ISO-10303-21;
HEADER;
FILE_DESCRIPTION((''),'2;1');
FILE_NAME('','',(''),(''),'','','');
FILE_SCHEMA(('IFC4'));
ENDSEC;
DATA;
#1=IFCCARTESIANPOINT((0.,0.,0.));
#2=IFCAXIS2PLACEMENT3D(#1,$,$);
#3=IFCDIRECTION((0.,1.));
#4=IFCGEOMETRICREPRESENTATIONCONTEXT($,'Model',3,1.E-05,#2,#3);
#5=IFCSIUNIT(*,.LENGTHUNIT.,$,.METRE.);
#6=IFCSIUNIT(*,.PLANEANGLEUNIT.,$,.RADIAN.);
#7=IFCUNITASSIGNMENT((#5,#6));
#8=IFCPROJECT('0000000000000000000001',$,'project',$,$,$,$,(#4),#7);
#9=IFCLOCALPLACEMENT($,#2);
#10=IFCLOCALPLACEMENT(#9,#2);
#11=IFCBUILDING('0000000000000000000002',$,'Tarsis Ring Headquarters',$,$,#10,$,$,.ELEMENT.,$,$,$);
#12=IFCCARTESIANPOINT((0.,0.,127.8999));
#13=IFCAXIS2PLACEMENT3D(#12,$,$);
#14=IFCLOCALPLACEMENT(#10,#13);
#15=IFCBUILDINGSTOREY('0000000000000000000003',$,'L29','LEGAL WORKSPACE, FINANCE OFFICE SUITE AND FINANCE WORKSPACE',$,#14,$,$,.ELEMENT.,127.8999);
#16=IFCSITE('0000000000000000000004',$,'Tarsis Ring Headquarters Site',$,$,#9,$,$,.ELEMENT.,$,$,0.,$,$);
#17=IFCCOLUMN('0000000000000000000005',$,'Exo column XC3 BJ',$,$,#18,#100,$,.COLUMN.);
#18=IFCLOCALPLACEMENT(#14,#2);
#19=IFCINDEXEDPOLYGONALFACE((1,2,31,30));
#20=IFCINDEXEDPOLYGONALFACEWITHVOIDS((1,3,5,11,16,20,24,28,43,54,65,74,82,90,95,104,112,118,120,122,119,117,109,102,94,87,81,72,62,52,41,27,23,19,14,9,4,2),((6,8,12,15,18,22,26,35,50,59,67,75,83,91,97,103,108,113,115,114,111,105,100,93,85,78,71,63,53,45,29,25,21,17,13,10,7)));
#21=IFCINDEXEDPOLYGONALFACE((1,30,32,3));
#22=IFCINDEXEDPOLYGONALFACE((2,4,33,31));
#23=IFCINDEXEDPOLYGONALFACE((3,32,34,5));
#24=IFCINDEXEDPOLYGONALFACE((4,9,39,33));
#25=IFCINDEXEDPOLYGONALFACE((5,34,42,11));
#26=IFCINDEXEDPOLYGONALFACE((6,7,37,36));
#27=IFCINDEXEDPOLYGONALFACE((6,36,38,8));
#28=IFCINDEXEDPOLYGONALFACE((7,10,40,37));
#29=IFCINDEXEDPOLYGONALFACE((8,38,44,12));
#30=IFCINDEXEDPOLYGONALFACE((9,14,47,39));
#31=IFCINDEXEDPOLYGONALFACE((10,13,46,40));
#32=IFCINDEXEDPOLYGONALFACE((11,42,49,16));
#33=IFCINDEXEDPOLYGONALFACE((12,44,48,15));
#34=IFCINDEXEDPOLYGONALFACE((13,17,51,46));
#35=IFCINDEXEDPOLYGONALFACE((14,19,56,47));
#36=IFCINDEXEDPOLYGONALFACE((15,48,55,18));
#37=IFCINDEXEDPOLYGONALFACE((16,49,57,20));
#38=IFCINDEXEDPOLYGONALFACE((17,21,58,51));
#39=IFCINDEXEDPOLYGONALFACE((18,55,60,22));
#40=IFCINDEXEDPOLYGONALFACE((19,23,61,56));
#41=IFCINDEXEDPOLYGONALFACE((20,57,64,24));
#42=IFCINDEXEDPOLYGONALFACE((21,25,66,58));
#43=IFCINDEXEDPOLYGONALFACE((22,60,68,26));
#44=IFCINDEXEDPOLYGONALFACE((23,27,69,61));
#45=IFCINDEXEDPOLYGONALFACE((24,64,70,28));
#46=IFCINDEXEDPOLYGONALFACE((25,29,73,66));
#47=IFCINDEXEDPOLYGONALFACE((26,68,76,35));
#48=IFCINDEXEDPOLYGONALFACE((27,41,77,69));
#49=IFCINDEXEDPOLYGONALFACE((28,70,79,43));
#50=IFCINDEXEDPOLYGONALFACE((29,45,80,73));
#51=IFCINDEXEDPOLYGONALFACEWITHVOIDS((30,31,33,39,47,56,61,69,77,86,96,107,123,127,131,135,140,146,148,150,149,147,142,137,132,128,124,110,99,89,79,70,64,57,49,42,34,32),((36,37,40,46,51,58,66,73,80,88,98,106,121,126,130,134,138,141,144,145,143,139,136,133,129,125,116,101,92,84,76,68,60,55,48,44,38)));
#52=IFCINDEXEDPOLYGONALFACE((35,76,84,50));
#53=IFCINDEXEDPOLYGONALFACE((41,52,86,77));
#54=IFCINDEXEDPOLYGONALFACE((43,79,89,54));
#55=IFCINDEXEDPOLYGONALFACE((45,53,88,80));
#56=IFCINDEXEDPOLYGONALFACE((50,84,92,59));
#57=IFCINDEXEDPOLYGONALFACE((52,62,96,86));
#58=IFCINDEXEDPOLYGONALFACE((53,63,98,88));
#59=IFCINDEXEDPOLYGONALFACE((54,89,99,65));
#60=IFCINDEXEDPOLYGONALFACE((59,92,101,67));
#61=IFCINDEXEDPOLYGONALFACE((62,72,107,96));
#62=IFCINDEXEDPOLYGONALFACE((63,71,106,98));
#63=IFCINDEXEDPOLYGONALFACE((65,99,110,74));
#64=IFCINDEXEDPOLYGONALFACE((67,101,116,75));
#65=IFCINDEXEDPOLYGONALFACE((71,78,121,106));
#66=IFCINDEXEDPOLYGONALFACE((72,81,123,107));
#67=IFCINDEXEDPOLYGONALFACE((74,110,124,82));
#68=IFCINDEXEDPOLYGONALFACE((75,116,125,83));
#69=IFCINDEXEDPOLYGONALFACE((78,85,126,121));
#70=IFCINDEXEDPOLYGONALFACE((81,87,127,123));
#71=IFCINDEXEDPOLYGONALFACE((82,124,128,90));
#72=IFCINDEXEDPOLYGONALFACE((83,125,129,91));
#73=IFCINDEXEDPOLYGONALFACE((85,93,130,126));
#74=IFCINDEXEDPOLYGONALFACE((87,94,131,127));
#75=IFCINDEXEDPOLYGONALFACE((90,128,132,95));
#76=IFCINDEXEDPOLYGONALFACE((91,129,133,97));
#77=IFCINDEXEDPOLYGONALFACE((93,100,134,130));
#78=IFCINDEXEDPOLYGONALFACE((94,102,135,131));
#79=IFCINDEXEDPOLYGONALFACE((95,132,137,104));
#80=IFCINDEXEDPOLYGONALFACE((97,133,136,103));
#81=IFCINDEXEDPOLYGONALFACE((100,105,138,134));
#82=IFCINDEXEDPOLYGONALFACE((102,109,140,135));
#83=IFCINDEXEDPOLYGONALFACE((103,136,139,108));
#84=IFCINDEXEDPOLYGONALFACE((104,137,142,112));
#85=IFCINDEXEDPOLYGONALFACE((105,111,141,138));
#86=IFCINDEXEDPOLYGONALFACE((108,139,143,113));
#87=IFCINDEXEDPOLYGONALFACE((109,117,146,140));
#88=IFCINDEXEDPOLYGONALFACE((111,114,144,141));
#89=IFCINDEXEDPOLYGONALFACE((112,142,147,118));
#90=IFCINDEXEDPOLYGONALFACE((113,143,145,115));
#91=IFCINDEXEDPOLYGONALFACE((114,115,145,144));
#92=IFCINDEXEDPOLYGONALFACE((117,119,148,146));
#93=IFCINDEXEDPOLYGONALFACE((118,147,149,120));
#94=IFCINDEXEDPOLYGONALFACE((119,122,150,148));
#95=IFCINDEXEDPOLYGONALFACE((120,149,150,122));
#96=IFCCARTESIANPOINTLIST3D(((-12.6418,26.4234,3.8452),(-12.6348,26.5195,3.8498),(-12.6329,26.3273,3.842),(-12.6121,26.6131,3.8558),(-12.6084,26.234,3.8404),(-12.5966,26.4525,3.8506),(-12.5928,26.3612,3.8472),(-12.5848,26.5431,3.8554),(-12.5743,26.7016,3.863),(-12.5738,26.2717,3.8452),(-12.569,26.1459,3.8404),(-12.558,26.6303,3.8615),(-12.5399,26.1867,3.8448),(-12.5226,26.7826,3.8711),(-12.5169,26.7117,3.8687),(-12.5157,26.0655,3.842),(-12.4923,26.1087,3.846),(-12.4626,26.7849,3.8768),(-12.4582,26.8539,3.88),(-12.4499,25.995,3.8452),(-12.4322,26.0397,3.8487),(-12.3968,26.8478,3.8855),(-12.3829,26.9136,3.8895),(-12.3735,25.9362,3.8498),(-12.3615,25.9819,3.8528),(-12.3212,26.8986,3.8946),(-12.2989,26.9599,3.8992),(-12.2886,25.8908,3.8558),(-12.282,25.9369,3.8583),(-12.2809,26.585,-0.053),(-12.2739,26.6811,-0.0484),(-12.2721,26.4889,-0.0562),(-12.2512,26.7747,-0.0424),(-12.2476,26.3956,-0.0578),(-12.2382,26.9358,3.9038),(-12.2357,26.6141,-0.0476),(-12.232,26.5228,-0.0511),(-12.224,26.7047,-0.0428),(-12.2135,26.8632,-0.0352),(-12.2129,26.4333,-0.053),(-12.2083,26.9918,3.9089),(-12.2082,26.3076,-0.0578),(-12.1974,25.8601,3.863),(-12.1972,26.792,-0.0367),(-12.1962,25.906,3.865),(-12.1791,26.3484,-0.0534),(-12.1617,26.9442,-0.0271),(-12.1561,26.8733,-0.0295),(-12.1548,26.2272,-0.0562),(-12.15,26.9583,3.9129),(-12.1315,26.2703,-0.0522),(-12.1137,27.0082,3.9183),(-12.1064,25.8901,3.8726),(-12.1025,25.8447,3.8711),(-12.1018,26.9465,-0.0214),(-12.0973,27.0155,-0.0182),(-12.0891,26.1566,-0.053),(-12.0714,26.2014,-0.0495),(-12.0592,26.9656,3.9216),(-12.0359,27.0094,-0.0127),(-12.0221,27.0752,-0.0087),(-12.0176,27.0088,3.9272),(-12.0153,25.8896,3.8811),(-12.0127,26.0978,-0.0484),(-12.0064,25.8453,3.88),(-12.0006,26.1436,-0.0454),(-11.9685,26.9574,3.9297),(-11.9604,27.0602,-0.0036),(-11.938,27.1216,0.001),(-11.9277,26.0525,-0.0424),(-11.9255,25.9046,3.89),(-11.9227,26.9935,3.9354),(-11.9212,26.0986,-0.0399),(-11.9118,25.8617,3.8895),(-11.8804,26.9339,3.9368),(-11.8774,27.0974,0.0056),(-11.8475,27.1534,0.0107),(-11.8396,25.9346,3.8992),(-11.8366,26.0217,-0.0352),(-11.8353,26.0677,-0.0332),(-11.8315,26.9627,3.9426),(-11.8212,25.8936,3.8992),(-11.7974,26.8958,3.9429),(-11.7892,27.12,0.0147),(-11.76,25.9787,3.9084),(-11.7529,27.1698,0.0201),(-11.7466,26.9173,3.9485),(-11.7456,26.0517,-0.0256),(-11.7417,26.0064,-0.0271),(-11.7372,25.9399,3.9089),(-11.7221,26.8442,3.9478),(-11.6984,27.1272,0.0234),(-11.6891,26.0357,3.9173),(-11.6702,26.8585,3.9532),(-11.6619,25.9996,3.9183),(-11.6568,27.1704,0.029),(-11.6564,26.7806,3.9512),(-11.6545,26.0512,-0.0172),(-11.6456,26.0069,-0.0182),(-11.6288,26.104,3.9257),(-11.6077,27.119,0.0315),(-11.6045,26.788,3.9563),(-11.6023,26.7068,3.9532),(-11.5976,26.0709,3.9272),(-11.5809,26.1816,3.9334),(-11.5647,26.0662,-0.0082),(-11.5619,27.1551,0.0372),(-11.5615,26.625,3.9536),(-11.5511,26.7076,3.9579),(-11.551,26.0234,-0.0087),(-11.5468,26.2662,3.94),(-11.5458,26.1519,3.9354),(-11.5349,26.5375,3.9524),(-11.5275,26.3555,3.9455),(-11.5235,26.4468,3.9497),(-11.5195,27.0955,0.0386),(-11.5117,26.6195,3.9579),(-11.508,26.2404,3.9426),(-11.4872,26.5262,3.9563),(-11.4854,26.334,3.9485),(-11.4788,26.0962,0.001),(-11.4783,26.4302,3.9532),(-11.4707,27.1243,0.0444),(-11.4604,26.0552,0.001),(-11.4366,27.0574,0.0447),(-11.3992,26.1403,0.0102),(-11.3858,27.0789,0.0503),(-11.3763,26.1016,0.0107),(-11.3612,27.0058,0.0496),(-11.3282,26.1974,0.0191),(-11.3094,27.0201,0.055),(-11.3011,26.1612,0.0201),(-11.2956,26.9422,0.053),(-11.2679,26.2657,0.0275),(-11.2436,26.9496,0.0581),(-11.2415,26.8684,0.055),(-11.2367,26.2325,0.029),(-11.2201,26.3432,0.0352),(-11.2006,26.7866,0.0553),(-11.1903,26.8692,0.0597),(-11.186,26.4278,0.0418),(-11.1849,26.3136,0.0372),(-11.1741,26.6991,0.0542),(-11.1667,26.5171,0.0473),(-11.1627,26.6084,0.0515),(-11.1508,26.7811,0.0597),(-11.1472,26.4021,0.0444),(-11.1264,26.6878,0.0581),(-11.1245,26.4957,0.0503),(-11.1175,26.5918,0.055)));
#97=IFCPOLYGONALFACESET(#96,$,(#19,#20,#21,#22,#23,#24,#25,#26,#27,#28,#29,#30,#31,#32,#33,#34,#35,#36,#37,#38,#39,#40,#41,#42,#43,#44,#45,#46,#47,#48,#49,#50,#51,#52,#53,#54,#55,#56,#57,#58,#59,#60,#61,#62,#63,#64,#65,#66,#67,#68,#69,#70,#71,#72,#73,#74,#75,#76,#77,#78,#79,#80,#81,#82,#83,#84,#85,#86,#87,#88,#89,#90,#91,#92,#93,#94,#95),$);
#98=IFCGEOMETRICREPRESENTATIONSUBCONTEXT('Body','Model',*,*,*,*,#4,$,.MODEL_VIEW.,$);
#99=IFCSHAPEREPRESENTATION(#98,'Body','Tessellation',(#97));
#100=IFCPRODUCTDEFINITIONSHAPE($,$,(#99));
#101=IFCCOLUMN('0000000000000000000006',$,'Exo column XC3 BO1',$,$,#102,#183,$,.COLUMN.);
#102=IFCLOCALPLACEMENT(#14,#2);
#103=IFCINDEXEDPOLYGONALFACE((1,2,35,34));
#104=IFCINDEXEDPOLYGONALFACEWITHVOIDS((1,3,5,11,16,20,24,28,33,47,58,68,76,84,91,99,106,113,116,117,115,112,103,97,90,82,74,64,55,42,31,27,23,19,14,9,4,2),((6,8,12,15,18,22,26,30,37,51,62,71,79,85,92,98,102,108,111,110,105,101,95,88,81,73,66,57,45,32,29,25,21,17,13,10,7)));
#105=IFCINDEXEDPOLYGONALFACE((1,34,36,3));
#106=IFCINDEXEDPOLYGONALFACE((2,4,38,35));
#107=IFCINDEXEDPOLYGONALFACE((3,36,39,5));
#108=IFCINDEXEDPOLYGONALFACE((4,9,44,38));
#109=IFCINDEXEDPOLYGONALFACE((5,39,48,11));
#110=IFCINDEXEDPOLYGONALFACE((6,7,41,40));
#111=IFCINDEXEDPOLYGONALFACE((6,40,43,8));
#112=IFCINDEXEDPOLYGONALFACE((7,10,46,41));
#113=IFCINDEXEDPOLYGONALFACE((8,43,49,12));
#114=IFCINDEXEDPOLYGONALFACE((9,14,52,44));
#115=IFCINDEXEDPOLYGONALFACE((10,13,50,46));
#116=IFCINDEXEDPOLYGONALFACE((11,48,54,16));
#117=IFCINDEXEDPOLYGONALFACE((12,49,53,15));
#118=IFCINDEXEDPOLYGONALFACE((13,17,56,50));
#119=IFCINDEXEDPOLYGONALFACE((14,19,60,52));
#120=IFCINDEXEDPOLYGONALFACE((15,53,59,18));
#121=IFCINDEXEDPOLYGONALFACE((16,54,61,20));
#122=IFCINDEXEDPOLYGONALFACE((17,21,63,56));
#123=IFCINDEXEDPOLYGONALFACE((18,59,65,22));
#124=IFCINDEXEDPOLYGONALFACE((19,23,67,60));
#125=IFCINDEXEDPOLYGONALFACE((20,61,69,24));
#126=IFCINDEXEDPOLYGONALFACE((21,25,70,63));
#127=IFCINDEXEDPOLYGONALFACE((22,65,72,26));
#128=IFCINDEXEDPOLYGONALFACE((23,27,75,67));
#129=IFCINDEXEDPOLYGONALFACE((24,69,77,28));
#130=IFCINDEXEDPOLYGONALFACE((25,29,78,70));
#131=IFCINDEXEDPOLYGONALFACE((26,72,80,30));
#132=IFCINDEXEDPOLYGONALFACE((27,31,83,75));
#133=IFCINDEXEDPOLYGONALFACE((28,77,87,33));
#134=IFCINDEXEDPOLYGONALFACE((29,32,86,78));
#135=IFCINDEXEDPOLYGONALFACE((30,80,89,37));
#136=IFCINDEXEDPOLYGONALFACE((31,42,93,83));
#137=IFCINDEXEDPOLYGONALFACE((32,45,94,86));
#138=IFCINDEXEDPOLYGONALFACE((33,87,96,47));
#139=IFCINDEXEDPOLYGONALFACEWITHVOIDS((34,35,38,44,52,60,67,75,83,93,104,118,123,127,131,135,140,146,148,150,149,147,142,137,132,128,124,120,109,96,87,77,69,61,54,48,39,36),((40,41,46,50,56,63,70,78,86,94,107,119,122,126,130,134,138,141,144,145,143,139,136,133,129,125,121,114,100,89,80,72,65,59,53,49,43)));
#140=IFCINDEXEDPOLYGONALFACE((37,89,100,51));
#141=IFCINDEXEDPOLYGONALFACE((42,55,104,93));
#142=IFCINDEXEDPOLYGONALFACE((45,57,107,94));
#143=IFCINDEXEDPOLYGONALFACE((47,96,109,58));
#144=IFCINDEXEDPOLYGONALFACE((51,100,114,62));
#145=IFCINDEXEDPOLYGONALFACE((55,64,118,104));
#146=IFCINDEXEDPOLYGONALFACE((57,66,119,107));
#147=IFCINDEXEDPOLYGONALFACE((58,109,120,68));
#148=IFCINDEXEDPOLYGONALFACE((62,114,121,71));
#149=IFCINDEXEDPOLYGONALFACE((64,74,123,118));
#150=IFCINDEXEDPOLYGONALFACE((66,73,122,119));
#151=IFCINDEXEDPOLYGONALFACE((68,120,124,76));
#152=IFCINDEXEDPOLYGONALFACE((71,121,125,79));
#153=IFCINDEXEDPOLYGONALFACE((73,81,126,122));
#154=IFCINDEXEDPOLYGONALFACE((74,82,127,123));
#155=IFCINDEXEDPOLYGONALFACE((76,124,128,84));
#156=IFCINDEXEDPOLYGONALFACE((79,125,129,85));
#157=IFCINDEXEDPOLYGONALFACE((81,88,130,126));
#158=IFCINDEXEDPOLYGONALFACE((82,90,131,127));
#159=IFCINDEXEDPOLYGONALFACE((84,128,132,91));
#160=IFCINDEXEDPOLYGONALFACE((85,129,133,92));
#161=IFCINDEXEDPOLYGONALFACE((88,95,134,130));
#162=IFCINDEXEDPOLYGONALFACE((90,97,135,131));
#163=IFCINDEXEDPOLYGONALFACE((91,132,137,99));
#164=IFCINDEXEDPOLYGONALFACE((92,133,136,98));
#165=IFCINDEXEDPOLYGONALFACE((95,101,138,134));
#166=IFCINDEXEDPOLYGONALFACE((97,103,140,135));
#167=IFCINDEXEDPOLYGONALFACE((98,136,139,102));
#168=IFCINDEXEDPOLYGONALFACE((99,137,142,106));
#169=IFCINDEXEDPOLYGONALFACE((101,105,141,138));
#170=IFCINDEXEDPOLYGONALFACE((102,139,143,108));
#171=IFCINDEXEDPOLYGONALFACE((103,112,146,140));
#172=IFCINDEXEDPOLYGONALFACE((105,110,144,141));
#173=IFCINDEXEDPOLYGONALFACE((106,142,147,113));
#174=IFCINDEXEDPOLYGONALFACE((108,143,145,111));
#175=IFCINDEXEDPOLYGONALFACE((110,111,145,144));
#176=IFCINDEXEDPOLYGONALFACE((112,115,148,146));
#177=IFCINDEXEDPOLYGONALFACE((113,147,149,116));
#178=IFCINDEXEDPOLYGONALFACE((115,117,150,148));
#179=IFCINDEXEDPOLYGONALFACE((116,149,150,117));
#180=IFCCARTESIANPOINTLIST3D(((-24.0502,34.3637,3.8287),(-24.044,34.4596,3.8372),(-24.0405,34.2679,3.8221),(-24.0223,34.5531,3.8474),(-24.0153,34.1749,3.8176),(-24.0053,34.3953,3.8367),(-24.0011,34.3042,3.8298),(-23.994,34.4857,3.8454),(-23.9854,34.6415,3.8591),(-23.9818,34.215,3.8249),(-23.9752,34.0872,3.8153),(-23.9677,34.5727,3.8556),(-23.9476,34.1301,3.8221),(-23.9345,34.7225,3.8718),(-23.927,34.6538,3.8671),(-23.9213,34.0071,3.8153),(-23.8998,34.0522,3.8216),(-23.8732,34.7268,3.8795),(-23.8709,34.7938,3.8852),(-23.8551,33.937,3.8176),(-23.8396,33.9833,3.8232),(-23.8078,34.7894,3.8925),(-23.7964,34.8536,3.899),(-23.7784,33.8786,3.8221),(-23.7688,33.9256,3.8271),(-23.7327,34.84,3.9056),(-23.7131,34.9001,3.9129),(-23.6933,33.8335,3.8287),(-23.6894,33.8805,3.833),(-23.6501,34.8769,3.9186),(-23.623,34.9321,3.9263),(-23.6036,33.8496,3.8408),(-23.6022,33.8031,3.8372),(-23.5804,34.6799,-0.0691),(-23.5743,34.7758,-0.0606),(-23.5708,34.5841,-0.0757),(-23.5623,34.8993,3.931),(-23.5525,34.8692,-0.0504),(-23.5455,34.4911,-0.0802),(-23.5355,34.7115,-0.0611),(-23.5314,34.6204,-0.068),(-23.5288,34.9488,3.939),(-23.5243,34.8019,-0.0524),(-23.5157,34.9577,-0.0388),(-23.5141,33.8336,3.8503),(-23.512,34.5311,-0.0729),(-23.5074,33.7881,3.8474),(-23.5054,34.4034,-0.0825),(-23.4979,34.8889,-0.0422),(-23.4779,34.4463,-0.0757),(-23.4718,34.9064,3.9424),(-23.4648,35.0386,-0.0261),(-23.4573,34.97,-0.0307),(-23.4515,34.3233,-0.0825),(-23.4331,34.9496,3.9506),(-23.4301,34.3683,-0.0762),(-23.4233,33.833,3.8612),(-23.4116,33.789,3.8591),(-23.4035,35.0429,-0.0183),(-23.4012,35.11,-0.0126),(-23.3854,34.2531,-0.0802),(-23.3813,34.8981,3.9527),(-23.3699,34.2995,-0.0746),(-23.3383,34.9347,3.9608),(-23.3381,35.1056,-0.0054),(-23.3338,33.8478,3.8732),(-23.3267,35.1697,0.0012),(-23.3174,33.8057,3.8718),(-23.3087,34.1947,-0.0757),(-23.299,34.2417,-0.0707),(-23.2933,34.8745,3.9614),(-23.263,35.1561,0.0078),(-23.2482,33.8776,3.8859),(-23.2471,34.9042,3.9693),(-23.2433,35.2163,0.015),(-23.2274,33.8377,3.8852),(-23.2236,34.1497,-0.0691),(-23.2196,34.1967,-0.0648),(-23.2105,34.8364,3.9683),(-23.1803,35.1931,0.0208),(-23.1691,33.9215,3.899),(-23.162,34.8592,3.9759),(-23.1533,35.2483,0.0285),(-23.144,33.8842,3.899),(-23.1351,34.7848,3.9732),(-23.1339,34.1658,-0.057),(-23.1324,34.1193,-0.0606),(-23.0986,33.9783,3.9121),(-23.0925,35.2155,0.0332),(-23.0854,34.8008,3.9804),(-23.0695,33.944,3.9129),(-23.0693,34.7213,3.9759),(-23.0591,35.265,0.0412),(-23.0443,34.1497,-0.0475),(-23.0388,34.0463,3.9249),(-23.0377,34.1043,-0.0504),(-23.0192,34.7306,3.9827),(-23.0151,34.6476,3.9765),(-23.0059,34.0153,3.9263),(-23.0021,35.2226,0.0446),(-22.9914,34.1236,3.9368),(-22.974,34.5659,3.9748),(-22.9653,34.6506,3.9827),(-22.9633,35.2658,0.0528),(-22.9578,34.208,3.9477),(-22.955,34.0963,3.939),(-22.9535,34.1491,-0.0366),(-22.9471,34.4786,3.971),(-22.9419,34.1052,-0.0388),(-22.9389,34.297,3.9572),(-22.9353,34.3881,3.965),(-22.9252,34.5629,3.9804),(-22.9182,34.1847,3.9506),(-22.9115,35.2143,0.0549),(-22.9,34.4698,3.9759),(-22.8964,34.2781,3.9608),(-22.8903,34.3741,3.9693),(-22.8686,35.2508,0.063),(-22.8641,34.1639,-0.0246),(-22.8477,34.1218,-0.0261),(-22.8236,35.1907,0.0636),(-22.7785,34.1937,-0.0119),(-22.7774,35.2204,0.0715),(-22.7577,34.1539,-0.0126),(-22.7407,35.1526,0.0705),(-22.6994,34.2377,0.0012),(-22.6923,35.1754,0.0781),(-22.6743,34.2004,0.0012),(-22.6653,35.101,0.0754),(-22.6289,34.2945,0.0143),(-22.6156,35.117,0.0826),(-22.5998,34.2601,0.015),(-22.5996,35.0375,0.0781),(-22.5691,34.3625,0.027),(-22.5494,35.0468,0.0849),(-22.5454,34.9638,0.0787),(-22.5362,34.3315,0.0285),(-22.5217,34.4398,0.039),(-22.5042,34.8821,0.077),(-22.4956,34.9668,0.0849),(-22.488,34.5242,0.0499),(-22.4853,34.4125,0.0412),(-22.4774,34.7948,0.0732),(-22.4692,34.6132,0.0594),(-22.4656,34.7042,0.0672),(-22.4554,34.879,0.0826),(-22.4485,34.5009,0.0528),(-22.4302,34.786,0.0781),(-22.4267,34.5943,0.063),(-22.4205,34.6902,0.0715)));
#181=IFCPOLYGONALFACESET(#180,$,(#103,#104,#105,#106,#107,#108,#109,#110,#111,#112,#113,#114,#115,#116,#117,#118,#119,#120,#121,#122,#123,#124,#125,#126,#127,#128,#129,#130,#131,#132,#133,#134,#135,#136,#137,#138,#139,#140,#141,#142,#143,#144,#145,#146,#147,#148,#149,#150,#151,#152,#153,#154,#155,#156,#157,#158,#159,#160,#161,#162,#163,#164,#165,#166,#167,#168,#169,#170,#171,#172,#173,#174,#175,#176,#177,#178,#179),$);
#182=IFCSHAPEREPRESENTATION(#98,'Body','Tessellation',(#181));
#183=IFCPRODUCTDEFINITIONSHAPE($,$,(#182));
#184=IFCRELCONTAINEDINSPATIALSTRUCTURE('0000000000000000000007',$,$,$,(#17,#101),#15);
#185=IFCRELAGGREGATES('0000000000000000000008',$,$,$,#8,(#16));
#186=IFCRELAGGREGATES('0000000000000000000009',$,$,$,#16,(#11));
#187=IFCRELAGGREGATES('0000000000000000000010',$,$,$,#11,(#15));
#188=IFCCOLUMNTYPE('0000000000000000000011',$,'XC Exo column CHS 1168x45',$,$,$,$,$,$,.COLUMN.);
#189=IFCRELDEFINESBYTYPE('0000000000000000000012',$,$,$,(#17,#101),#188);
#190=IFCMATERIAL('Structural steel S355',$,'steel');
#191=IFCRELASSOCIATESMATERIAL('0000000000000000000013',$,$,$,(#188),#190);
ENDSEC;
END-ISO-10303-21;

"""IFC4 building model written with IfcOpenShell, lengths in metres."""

from ifc_helpers import new_model, si_unit, direction, frame, origin, origin_2d, place, context, subcontext, project, spatial, hollow_circle, extrude, material, material_profile, profile_set, type_object, element, save


model = new_model("IFC4")

# Units and contexts
model_context = context("Model", 3, precision=1e-05, world=origin(), true_north=direction((0.0, 1.0)))
body_context = subcontext(model_context, "Body", "Model", "MODEL_VIEW")
ifc_project = project(units=[si_unit("LENGTHUNIT", "METRE"), si_unit("PLANEANGLEUNIT", "RADIAN")], contexts=[model_context])

# Site, building, storey
site_placement = place(None, origin())
site = spatial("IfcSite", under=ifc_project, at=site_placement, Name="Tarsis Ring Headquarters Site", CompositionType="ELEMENT", RefElevation=0.0)
building_placement = place(site_placement, origin())
building = spatial("IfcBuilding", under=site, at=building_placement, Name="Tarsis Ring Headquarters", CompositionType="ELEMENT")
storey_placement = place(building_placement, frame((0.0, 0.0, 127.8999)))
storey = spatial("IfcBuildingStorey", under=building, at=storey_placement, Name="L29", Description="LEGAL WORKSPACE, FINANCE OFFICE SUITE AND FINANCE WORKSPACE", CompositionType="ELEMENT", Elevation=127.8999)

# Columns
ifc_material_1 = material(Name="Structural steel S355", Category="steel")
ifc_material_profile_1 = material_profile(ifc_material_1, hollow_circle(Radius=0.5842, WallThickness=0.0449, at=origin_2d()), Name="CHS 1168x45")
ifc_profile_set_1 = profile_set([ifc_material_profile_1], Name="Structural steel S355")
column_type = type_object("IfcColumnType", Name="XC Exo column CHS 1168x45", PredefinedType="COLUMN", material=ifc_profile_set_1)
column_1_placement = place(storey_placement, frame((-11.6992, 26.5884, 0.001), z_axis=(-0.092093, -0.041249, 0.994896), x_axis=(0.408772, -0.912636, 0.0)))
element("IfcColumn", 1, at=column_1_placement, inside=storey, type_object=column_type, Name="Exo column XC3 BJ", PredefinedType="COLUMN", context=body_context, shape_type="SweptSolid", body=[
    extrude(hollow_circle(Radius=0.5842, WallThickness=0.0449, at=origin_2d()), origin(), (0.0, 0.0, 1.0), 3.9182),
])
column_2_placement = place(storey_placement, frame((-23.0005, 34.6851, 0.0012), z_axis=(-0.119262, -0.080272, 0.989613), x_axis=(0.558376, -0.829588, 0.0)))
element("IfcColumn", 2, at=column_2_placement, inside=storey, type_object=column_type, Name="Exo column XC3 BO1", PredefinedType="COLUMN", context=body_context, shape_type="SweptSolid", body=[
    extrude(hollow_circle(Radius=0.5842, WallThickness=0.0449, at=origin_2d()), origin(), (0.0, 0.0, 1.0), 3.9387),
])

save(model, "model.ifc")
